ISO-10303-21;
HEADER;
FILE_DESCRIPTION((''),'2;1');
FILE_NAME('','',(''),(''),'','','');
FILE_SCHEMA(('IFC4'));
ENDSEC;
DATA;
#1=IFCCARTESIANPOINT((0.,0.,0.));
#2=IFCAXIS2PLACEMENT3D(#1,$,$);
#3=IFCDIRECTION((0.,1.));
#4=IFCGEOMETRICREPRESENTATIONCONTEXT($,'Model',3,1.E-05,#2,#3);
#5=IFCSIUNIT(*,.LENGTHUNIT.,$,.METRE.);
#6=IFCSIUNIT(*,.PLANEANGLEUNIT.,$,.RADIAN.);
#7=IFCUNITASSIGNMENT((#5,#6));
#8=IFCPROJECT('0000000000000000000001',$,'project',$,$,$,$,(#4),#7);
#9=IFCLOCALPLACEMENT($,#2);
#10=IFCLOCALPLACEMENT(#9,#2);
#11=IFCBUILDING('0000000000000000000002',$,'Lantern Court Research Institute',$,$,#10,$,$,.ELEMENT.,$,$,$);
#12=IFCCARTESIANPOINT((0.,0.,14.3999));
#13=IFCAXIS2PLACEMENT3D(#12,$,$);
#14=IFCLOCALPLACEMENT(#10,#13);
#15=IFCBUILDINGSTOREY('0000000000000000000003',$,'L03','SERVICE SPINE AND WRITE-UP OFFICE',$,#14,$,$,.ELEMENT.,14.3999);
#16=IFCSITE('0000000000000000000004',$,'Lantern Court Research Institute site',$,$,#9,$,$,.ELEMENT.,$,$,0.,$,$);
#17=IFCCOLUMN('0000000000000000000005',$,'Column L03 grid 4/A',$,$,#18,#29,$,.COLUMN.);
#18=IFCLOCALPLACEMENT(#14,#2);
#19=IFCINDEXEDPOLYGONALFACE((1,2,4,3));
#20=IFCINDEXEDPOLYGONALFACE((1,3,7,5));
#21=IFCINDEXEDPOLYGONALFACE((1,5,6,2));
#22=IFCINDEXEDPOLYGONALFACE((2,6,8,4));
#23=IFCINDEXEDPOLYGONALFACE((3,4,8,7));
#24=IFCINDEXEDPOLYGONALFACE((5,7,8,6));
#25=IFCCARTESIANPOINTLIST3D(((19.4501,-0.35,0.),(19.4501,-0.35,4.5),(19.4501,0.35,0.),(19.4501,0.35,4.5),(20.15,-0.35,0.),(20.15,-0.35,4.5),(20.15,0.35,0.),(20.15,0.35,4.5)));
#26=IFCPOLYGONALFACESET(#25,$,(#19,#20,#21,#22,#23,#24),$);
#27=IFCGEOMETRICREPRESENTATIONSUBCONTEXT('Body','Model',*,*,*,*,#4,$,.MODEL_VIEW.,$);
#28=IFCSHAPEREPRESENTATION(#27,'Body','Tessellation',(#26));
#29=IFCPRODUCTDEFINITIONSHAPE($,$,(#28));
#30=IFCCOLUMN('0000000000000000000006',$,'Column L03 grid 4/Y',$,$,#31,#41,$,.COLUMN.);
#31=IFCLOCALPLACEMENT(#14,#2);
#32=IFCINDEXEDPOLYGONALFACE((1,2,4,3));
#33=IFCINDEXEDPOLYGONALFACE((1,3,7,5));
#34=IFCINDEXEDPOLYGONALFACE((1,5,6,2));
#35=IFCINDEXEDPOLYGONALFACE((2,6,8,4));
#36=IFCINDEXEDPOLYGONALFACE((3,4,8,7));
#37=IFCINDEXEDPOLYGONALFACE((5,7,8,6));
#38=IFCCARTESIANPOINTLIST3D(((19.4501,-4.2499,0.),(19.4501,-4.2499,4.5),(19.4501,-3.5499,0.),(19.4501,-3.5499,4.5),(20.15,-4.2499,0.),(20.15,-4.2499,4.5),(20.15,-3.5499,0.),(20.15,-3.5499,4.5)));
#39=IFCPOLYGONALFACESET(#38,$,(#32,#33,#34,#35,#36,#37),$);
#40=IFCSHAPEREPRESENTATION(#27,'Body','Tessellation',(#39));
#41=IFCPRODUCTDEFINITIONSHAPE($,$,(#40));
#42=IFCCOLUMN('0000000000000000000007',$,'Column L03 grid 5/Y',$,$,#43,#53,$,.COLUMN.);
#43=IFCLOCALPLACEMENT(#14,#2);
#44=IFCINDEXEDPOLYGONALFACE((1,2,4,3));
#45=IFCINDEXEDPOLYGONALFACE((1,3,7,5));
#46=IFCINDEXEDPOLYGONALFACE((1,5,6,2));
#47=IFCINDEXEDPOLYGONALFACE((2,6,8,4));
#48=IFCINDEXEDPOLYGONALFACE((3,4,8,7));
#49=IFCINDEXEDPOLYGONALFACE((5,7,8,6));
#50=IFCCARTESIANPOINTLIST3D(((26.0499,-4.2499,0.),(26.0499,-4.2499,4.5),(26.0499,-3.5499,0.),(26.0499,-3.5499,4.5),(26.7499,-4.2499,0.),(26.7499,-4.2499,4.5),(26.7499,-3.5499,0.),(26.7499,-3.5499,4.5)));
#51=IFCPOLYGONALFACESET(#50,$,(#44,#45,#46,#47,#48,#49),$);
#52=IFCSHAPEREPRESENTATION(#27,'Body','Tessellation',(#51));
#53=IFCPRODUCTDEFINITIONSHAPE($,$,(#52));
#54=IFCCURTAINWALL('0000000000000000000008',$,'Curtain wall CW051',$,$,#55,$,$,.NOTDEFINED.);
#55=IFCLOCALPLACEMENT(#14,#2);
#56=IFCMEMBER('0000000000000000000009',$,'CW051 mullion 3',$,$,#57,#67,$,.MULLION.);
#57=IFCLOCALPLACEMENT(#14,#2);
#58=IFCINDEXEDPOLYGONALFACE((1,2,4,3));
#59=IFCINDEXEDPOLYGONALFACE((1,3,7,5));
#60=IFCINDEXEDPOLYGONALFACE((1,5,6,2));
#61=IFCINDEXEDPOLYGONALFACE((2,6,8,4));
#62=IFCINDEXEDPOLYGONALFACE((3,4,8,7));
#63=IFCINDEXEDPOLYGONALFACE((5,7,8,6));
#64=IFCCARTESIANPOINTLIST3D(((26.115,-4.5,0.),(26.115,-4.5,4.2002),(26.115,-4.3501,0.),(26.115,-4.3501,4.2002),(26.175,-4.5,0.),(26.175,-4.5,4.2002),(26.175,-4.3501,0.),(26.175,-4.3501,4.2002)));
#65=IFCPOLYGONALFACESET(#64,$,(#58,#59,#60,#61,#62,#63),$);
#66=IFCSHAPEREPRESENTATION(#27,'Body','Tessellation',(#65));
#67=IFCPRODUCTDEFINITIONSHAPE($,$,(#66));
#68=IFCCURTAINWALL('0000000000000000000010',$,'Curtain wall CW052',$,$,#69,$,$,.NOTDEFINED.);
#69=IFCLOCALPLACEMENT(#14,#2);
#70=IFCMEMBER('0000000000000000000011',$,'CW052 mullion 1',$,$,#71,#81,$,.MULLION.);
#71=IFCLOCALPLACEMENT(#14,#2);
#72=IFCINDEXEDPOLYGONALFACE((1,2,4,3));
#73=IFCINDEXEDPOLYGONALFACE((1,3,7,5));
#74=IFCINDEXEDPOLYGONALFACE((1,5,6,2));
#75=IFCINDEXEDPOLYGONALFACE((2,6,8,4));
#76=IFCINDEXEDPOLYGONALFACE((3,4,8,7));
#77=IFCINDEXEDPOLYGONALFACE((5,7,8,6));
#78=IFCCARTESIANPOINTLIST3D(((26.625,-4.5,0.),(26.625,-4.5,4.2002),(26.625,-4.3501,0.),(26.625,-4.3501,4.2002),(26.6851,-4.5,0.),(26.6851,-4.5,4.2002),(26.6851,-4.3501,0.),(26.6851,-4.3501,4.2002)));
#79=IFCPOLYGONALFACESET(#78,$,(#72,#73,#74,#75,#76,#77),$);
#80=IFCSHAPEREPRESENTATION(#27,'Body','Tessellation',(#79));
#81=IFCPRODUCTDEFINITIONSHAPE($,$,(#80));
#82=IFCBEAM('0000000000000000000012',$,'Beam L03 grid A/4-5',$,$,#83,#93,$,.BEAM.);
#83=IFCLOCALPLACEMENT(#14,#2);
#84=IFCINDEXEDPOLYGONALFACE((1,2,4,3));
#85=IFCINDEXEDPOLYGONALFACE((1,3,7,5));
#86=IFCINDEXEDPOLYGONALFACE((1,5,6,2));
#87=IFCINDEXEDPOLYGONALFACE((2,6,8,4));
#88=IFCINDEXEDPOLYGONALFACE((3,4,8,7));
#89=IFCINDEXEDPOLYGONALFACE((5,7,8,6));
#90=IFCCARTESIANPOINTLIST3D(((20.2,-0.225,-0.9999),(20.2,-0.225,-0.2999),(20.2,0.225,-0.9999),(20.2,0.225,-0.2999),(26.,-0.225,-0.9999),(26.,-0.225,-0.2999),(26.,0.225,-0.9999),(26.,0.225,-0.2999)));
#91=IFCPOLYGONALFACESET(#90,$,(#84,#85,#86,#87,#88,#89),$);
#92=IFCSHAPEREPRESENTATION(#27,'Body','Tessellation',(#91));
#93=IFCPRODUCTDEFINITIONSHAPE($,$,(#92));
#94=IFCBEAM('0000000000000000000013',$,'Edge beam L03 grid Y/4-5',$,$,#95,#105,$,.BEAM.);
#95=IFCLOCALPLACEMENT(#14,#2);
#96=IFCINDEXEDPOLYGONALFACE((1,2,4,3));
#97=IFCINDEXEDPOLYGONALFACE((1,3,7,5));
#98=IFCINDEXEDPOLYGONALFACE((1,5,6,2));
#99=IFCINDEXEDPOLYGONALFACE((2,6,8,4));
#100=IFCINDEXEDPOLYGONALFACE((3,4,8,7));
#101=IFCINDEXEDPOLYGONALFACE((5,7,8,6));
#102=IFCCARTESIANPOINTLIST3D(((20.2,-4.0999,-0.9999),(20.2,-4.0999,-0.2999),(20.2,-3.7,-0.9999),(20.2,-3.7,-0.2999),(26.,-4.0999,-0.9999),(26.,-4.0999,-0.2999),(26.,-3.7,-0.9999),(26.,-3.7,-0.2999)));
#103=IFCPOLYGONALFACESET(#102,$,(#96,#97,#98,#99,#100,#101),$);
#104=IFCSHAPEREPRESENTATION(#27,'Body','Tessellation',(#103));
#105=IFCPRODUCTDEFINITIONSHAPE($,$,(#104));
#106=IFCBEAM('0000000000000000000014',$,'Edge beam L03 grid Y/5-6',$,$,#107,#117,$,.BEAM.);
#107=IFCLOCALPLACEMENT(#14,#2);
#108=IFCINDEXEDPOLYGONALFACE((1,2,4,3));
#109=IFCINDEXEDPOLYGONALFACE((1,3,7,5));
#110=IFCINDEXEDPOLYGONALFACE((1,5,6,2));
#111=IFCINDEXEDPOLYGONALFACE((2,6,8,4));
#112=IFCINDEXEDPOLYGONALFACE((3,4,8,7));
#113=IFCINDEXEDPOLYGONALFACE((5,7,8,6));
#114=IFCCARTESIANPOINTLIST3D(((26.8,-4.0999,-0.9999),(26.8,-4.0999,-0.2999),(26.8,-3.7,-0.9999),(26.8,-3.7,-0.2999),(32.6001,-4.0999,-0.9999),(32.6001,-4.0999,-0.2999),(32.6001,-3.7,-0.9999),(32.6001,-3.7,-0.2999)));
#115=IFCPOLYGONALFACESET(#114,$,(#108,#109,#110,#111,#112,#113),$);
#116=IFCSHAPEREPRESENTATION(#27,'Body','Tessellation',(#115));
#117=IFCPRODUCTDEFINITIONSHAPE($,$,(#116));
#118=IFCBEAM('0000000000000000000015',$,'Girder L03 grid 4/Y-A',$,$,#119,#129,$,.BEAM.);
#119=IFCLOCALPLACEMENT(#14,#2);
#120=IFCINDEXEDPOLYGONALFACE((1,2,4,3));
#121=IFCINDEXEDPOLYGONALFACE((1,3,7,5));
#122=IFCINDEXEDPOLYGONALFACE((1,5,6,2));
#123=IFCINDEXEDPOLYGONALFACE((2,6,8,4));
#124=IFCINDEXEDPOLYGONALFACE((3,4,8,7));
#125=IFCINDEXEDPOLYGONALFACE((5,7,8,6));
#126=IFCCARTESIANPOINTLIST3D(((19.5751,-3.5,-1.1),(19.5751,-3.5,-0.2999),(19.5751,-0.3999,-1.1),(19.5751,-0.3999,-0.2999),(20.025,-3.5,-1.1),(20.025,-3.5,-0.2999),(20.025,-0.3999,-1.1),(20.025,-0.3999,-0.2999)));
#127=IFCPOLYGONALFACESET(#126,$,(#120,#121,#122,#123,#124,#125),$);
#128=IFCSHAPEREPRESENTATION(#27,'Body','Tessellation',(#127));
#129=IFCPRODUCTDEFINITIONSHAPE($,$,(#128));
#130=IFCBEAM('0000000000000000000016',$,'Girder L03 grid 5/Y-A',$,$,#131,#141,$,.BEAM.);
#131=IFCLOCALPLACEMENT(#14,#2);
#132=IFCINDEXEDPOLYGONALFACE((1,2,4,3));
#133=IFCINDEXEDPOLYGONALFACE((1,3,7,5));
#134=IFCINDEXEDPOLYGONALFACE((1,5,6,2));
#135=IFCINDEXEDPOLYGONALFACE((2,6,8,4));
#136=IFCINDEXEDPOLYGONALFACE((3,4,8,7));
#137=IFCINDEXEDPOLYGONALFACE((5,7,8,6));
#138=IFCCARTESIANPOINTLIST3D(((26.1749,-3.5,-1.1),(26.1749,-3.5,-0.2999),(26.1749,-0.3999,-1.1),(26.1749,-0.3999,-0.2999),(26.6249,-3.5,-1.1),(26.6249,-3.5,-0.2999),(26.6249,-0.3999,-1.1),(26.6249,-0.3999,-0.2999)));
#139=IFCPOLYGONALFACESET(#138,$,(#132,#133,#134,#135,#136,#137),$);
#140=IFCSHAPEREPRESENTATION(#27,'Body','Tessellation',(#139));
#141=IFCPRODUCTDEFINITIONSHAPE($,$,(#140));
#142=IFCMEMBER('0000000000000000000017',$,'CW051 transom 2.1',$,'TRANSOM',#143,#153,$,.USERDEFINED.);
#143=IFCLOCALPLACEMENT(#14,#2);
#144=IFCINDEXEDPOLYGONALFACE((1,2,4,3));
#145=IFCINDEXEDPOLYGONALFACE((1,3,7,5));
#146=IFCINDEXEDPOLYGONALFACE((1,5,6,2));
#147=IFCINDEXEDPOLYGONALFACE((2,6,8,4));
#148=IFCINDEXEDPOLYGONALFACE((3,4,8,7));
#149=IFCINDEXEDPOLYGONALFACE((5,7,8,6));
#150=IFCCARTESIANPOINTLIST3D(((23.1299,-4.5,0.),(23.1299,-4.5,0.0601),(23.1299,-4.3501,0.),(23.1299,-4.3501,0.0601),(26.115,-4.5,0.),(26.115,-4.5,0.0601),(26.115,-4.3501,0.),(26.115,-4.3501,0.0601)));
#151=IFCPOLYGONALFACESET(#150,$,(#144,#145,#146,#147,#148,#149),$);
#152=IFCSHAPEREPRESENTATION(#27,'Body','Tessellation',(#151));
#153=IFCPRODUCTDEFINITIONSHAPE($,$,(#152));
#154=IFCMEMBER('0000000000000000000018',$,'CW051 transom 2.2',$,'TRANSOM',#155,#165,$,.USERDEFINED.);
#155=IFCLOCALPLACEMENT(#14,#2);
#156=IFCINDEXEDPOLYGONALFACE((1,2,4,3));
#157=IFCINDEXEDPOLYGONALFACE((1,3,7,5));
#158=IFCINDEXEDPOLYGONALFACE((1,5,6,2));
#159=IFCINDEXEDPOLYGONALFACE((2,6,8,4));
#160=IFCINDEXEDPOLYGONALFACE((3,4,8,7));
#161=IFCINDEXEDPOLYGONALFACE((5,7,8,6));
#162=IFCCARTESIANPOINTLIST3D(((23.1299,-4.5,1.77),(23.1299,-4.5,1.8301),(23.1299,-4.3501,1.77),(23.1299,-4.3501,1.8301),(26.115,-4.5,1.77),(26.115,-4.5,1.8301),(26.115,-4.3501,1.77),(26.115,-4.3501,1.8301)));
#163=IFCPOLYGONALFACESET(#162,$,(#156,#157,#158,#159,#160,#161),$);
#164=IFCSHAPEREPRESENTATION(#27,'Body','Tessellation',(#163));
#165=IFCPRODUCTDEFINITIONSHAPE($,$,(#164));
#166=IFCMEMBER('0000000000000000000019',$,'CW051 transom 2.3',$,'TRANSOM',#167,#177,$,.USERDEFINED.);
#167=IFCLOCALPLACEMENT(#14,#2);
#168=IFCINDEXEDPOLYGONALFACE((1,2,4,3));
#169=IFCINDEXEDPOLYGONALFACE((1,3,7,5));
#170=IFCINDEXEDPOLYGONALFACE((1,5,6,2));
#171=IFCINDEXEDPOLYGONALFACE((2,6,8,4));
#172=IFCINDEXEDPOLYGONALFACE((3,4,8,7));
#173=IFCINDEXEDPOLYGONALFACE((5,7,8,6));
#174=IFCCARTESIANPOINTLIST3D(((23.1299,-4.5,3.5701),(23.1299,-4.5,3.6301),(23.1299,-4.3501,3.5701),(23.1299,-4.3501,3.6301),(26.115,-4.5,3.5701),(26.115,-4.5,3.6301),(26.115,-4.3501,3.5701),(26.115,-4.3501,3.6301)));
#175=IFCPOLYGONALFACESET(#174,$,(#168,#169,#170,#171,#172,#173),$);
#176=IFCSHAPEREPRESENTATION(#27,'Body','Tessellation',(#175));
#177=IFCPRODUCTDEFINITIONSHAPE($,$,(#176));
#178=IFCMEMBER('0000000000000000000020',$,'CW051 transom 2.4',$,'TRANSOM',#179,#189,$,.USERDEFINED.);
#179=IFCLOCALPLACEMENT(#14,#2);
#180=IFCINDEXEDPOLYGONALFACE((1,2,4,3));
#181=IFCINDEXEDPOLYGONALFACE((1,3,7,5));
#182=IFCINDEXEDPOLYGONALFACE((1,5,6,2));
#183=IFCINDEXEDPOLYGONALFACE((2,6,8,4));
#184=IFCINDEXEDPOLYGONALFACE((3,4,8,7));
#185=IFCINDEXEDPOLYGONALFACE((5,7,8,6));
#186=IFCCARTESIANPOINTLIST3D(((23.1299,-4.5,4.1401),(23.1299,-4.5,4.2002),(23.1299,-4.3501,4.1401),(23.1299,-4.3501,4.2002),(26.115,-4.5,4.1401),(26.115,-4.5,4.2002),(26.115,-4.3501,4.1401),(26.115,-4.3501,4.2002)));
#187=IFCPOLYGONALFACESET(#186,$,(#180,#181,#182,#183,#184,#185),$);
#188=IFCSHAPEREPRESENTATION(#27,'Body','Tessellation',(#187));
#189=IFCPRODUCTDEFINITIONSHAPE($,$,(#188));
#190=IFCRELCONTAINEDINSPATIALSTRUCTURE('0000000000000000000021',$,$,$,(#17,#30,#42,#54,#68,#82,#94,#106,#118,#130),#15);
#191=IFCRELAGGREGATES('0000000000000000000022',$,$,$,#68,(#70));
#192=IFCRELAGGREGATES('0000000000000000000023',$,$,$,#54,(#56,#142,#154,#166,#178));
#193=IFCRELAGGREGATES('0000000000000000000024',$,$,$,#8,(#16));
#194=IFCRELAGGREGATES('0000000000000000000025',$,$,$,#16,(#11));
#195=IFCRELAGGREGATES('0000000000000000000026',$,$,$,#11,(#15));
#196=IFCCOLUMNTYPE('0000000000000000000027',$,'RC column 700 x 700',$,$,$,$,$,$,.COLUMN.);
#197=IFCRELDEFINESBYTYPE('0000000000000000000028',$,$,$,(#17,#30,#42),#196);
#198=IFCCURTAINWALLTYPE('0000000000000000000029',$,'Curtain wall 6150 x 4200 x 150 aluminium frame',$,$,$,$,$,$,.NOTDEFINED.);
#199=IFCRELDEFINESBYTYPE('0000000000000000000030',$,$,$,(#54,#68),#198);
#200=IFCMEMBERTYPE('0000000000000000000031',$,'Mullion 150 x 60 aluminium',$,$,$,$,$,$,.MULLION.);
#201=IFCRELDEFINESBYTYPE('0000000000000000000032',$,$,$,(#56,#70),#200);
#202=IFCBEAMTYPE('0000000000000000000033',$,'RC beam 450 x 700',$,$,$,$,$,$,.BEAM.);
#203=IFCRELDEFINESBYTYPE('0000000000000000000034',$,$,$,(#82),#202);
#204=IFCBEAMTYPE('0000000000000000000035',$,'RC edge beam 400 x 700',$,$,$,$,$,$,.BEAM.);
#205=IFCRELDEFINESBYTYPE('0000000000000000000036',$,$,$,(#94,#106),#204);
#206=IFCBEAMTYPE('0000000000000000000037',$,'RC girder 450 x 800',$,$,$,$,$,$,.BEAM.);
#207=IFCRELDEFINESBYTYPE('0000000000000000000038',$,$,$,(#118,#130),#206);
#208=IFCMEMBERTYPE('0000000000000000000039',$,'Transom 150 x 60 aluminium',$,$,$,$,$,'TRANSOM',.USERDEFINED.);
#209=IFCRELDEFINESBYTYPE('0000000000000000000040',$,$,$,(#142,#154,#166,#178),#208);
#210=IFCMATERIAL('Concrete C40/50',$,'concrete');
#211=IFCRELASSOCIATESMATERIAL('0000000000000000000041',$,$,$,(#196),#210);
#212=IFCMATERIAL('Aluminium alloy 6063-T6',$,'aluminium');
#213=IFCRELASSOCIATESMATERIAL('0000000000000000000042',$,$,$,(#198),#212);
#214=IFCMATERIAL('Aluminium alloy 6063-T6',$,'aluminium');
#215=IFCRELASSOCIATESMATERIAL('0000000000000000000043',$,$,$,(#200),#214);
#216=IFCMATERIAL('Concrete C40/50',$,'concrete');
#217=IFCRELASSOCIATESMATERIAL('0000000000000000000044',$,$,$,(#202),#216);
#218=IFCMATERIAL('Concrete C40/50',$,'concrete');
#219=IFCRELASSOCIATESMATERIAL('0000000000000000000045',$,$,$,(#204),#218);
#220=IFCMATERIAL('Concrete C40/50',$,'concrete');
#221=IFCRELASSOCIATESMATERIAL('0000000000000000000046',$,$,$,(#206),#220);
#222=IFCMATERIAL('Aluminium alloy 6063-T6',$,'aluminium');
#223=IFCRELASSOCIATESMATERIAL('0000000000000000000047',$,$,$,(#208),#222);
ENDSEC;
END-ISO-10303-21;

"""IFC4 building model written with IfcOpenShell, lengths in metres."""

from ifc_helpers import new_model, si_unit, direction, frame, origin, origin_2d, place, context, subcontext, project, spatial, rectangle, extrude, material, material_profile, profile_set, type_object, element, aggregate, save


model = new_model("IFC4")

# Units and contexts
model_context = context("Model", 3, precision=1e-05, world=origin(), true_north=direction((0.0, 1.0)))
body_context = subcontext(model_context, "Body", "Model", "MODEL_VIEW")
ifc_project = project(units=[si_unit("LENGTHUNIT", "METRE"), si_unit("PLANEANGLEUNIT", "RADIAN")], contexts=[model_context])

# Site, building, storey
site_placement = place(None, origin())
site = spatial("IfcSite", under=ifc_project, at=site_placement, Name="Lantern Court Research Institute site", CompositionType="ELEMENT", RefElevation=0.0)
building_placement = place(site_placement, origin())
building = spatial("IfcBuilding", under=site, at=building_placement, Name="Lantern Court Research Institute", CompositionType="ELEMENT")
storey_placement = place(building_placement, frame((0.0, 0.0, 14.3999)))
storey = spatial("IfcBuildingStorey", under=building, at=storey_placement, Name="L03", Description="SERVICE SPINE AND WRITE-UP OFFICE", CompositionType="ELEMENT", Elevation=14.3999)

# Columns
ifc_material_1 = material(Name="Concrete C40/50", Category="concrete")
ifc_material_profile_1 = material_profile(ifc_material_1, rectangle(XDim=0.7, YDim=0.7, at=origin_2d()), Name="RC column 700 x 700")
ifc_profile_set_1 = profile_set([ifc_material_profile_1], Name="Concrete C40/50")
column_type = type_object("IfcColumnType", Name="RC column 700 x 700", PredefinedType="COLUMN", material=ifc_profile_set_1)
for number, where, z_axis, x_axis, name in (
    (1, (19.8, 0.0, 0.0), (0.0, 0.0, 1.0), (1.0, 0.0, 0.0), "Column L03 grid 4/A"),
    (2, (19.8, -3.8999, 0.0), (0.0, 0.0, 1.0), (1.0, 0.0, 0.0), "Column L03 grid 4/Y"),
    (3, (26.3999, -3.8999, 0.0), (0.0, 0.0, 1.0), (1.0, 0.0, 0.0), "Column L03 grid 5/Y"),
):
    element("IfcColumn", number, at=place(storey_placement, frame(where, z_axis=z_axis, x_axis=x_axis)), inside=storey, type_object=column_type, Name=name, PredefinedType="COLUMN", context=body_context, shape_type="SweptSolid", body=[
        extrude(rectangle(XDim=0.7, YDim=0.7, at=origin_2d()), origin(), (0.0, 0.0, 1.0), 4.5),
    ])

# Curtain walls, members
ifc_material_2 = material(Name="Aluminium alloy 6063-T6", Category="aluminium")
curtain_wall_type = type_object("IfcCurtainWallType", Name="Curtain wall 6150 x 4200 x 150 aluminium frame", PredefinedType="NOTDEFINED", material=ifc_material_2)
curtain_wall_1_placement = place(storey_placement, origin())
curtain_wall_1 = element("IfcCurtainWall", 4, at=curtain_wall_1_placement, inside=storey, type_object=curtain_wall_type, Name="Curtain wall CW051", PredefinedType="NOTDEFINED")
ifc_material_3 = material(Name="Aluminium alloy 6063-T6", Category="aluminium")
ifc_material_profile_2 = material_profile(ifc_material_3, rectangle(XDim=0.1499, YDim=0.0601, at=origin_2d()), Name="Mullion 150 x 60")
ifc_profile_set_2 = profile_set([ifc_material_profile_2], Name="Aluminium alloy 6063-T6")
member_type_1 = type_object("IfcMemberType", Name="Mullion 150 x 60 aluminium", PredefinedType="MULLION", material=ifc_profile_set_2)
member_1_placement = place(storey_placement, frame((26.145, -4.425, 0.0), z_axis=(0.0, 0.0, 1.0), x_axis=(0.0, -1.0, 0.0)))
member_1 = element("IfcMember", 5, at=member_1_placement, type_object=member_type_1, Name="CW051 mullion 3", PredefinedType="MULLION", context=body_context, shape_type="SweptSolid", body=[
    extrude(rectangle(XDim=0.1499, YDim=0.0601, at=origin_2d()), origin(), (0.0, 0.0, 1.0), 4.2002),
])
curtain_wall_2_placement = place(storey_placement, origin())
curtain_wall_2 = element("IfcCurtainWall", 6, at=curtain_wall_2_placement, inside=storey, type_object=curtain_wall_type, Name="Curtain wall CW052", PredefinedType="NOTDEFINED")
member_2_placement = place(storey_placement, frame((26.655, -4.425, 0.0), z_axis=(0.0, 0.0, 1.0), x_axis=(0.0, -1.0, 0.0)))
member_2 = element("IfcMember", 7, at=member_2_placement, type_object=member_type_1, Name="CW052 mullion 1", PredefinedType="MULLION", context=body_context, shape_type="SweptSolid", body=[
    extrude(rectangle(XDim=0.1499, YDim=0.0601, at=origin_2d()), origin(), (0.0, 0.0, 1.0), 4.2002),
])
aggregate(curtain_wall_2, [member_2])

# Beams
ifc_material_4 = material(Name="Concrete C40/50", Category="concrete")
ifc_material_profile_3 = material_profile(ifc_material_4, rectangle(XDim=0.45, YDim=0.7, at=origin_2d()), Name="RC beam 450 x 700")
ifc_profile_set_3 = profile_set([ifc_material_profile_3], Name="Concrete C40/50")
beam_type_1 = type_object("IfcBeamType", Name="RC beam 450 x 700", PredefinedType="BEAM", material=ifc_profile_set_3)
beam_placement = place(storey_placement, frame((20.2, 0.0, -0.6499), z_axis=(1.0, 0.0, 0.0), x_axis=(0.0, 1.0, 0.0)))
element("IfcBeam", 8, at=beam_placement, inside=storey, type_object=beam_type_1, Name="Beam L03 grid A/4-5", PredefinedType="BEAM", context=body_context, shape_type="SweptSolid", body=[
    extrude(rectangle(XDim=0.45, YDim=0.7, at=origin_2d()), origin(), (0.0, 0.0, 1.0), 5.8),
])
ifc_material_5 = material(Name="Concrete C40/50", Category="concrete")
ifc_material_profile_4 = material_profile(ifc_material_5, rectangle(XDim=0.3999, YDim=0.7, at=origin_2d()), Name="RC beam 400 x 700")
ifc_profile_set_4 = profile_set([ifc_material_profile_4], Name="Concrete C40/50")
beam_type_2 = type_object("IfcBeamType", Name="RC edge beam 400 x 700", PredefinedType="BEAM", material=ifc_profile_set_4)
for number, where, z_axis, x_axis, name in (
    (9, (20.2, -3.8999, -0.6499), (1.0, 0.0, 0.0), (0.0, 1.0, 0.0), "Edge beam L03 grid Y/4-5"),
    (10, (26.8, -3.8999, -0.6499), (1.0, 0.0, 0.0), (0.0, 1.0, 0.0), "Edge beam L03 grid Y/5-6"),
):
    element("IfcBeam", number, at=place(storey_placement, frame(where, z_axis=z_axis, x_axis=x_axis)), inside=storey, type_object=beam_type_2, Name=name, PredefinedType="BEAM", context=body_context, shape_type="SweptSolid", body=[
        extrude(rectangle(XDim=0.3999, YDim=0.7, at=origin_2d()), origin(), (0.0, 0.0, 1.0), 5.8),
    ])
ifc_material_6 = material(Name="Concrete C40/50", Category="concrete")
ifc_material_profile_5 = material_profile(ifc_material_6, rectangle(XDim=0.45, YDim=0.8, at=origin_2d()), Name="RC beam 450 x 800")
ifc_profile_set_5 = profile_set([ifc_material_profile_5], Name="Concrete C40/50")
beam_type_3 = type_object("IfcBeamType", Name="RC girder 450 x 800", PredefinedType="BEAM", material=ifc_profile_set_5)
for number, where, z_axis, x_axis, name in (
    (11, (19.8, -3.5, -0.7), (0.0, 1.0, 0.0), (-1.0, 0.0, 0.0), "Girder L03 grid 4/Y-A"),
    (12, (26.3999, -3.5, -0.7), (0.0, 1.0, 0.0), (-1.0, 0.0, 0.0), "Girder L03 grid 5/Y-A"),
):
    element("IfcBeam", number, at=place(storey_placement, frame(where, z_axis=z_axis, x_axis=x_axis)), inside=storey, type_object=beam_type_3, Name=name, PredefinedType="BEAM", context=body_context, shape_type="SweptSolid", body=[
        extrude(rectangle(XDim=0.45, YDim=0.8, at=origin_2d()), origin(), (0.0, 0.0, 1.0), 3.1001),
    ])

# Members
ifc_material_7 = material(Name="Aluminium alloy 6063-T6", Category="aluminium")
ifc_material_profile_6 = material_profile(ifc_material_7, rectangle(XDim=0.1499, YDim=0.0601, at=origin_2d()), Name="Transom 150 x 60")
ifc_profile_set_6 = profile_set([ifc_material_profile_6], Name="Aluminium alloy 6063-T6")
member_type_2 = type_object("IfcMemberType", Name="Transom 150 x 60 aluminium", ElementType="TRANSOM", PredefinedType="USERDEFINED", material=ifc_profile_set_6)
member_3_placement = place(storey_placement, frame((26.115, -4.425, 0.03), z_axis=(-1.0, 0.0, 0.0), x_axis=(0.0, -1.0, 0.0)))
member_3 = element("IfcMember", 13, at=member_3_placement, type_object=member_type_2, Name="CW051 transom 2.1", ObjectType="TRANSOM", PredefinedType="USERDEFINED", context=body_context, shape_type="SweptSolid", body=[
    extrude(rectangle(XDim=0.1499, YDim=0.0601, at=origin_2d()), origin(), (0.0, 0.0, 1.0), 2.9851),
])
member_4_placement = place(storey_placement, frame((26.115, -4.425, 1.8), z_axis=(-1.0, 0.0, 0.0), x_axis=(0.0, -1.0, 0.0)))
member_4 = element("IfcMember", 14, at=member_4_placement, type_object=member_type_2, Name="CW051 transom 2.2", ObjectType="TRANSOM", PredefinedType="USERDEFINED", context=body_context, shape_type="SweptSolid", body=[
    extrude(rectangle(XDim=0.1499, YDim=0.0601, at=origin_2d()), origin(), (0.0, 0.0, 1.0), 2.9851),
])
member_5_placement = place(storey_placement, frame((26.115, -4.425, 3.6001), z_axis=(-1.0, 0.0, 0.0), x_axis=(0.0, -1.0, 0.0)))
member_5 = element("IfcMember", 15, at=member_5_placement, type_object=member_type_2, Name="CW051 transom 2.3", ObjectType="TRANSOM", PredefinedType="USERDEFINED", context=body_context, shape_type="SweptSolid", body=[
    extrude(rectangle(XDim=0.1499, YDim=0.0601, at=origin_2d()), origin(), (0.0, 0.0, 1.0), 2.9851),
])
member_6_placement = place(storey_placement, frame((26.115, -4.425, 4.1702), z_axis=(-1.0, 0.0, 0.0), x_axis=(0.0, -1.0, 0.0)))
member_6 = element("IfcMember", 16, at=member_6_placement, type_object=member_type_2, Name="CW051 transom 2.4", ObjectType="TRANSOM", PredefinedType="USERDEFINED", context=body_context, shape_type="SweptSolid", body=[
    extrude(rectangle(XDim=0.1499, YDim=0.0601, at=origin_2d()), origin(), (0.0, 0.0, 1.0), 2.9851),
])

aggregate(curtain_wall_1, [member_1, member_3, member_4, member_5, member_6])

save(model, "model.ifc")
